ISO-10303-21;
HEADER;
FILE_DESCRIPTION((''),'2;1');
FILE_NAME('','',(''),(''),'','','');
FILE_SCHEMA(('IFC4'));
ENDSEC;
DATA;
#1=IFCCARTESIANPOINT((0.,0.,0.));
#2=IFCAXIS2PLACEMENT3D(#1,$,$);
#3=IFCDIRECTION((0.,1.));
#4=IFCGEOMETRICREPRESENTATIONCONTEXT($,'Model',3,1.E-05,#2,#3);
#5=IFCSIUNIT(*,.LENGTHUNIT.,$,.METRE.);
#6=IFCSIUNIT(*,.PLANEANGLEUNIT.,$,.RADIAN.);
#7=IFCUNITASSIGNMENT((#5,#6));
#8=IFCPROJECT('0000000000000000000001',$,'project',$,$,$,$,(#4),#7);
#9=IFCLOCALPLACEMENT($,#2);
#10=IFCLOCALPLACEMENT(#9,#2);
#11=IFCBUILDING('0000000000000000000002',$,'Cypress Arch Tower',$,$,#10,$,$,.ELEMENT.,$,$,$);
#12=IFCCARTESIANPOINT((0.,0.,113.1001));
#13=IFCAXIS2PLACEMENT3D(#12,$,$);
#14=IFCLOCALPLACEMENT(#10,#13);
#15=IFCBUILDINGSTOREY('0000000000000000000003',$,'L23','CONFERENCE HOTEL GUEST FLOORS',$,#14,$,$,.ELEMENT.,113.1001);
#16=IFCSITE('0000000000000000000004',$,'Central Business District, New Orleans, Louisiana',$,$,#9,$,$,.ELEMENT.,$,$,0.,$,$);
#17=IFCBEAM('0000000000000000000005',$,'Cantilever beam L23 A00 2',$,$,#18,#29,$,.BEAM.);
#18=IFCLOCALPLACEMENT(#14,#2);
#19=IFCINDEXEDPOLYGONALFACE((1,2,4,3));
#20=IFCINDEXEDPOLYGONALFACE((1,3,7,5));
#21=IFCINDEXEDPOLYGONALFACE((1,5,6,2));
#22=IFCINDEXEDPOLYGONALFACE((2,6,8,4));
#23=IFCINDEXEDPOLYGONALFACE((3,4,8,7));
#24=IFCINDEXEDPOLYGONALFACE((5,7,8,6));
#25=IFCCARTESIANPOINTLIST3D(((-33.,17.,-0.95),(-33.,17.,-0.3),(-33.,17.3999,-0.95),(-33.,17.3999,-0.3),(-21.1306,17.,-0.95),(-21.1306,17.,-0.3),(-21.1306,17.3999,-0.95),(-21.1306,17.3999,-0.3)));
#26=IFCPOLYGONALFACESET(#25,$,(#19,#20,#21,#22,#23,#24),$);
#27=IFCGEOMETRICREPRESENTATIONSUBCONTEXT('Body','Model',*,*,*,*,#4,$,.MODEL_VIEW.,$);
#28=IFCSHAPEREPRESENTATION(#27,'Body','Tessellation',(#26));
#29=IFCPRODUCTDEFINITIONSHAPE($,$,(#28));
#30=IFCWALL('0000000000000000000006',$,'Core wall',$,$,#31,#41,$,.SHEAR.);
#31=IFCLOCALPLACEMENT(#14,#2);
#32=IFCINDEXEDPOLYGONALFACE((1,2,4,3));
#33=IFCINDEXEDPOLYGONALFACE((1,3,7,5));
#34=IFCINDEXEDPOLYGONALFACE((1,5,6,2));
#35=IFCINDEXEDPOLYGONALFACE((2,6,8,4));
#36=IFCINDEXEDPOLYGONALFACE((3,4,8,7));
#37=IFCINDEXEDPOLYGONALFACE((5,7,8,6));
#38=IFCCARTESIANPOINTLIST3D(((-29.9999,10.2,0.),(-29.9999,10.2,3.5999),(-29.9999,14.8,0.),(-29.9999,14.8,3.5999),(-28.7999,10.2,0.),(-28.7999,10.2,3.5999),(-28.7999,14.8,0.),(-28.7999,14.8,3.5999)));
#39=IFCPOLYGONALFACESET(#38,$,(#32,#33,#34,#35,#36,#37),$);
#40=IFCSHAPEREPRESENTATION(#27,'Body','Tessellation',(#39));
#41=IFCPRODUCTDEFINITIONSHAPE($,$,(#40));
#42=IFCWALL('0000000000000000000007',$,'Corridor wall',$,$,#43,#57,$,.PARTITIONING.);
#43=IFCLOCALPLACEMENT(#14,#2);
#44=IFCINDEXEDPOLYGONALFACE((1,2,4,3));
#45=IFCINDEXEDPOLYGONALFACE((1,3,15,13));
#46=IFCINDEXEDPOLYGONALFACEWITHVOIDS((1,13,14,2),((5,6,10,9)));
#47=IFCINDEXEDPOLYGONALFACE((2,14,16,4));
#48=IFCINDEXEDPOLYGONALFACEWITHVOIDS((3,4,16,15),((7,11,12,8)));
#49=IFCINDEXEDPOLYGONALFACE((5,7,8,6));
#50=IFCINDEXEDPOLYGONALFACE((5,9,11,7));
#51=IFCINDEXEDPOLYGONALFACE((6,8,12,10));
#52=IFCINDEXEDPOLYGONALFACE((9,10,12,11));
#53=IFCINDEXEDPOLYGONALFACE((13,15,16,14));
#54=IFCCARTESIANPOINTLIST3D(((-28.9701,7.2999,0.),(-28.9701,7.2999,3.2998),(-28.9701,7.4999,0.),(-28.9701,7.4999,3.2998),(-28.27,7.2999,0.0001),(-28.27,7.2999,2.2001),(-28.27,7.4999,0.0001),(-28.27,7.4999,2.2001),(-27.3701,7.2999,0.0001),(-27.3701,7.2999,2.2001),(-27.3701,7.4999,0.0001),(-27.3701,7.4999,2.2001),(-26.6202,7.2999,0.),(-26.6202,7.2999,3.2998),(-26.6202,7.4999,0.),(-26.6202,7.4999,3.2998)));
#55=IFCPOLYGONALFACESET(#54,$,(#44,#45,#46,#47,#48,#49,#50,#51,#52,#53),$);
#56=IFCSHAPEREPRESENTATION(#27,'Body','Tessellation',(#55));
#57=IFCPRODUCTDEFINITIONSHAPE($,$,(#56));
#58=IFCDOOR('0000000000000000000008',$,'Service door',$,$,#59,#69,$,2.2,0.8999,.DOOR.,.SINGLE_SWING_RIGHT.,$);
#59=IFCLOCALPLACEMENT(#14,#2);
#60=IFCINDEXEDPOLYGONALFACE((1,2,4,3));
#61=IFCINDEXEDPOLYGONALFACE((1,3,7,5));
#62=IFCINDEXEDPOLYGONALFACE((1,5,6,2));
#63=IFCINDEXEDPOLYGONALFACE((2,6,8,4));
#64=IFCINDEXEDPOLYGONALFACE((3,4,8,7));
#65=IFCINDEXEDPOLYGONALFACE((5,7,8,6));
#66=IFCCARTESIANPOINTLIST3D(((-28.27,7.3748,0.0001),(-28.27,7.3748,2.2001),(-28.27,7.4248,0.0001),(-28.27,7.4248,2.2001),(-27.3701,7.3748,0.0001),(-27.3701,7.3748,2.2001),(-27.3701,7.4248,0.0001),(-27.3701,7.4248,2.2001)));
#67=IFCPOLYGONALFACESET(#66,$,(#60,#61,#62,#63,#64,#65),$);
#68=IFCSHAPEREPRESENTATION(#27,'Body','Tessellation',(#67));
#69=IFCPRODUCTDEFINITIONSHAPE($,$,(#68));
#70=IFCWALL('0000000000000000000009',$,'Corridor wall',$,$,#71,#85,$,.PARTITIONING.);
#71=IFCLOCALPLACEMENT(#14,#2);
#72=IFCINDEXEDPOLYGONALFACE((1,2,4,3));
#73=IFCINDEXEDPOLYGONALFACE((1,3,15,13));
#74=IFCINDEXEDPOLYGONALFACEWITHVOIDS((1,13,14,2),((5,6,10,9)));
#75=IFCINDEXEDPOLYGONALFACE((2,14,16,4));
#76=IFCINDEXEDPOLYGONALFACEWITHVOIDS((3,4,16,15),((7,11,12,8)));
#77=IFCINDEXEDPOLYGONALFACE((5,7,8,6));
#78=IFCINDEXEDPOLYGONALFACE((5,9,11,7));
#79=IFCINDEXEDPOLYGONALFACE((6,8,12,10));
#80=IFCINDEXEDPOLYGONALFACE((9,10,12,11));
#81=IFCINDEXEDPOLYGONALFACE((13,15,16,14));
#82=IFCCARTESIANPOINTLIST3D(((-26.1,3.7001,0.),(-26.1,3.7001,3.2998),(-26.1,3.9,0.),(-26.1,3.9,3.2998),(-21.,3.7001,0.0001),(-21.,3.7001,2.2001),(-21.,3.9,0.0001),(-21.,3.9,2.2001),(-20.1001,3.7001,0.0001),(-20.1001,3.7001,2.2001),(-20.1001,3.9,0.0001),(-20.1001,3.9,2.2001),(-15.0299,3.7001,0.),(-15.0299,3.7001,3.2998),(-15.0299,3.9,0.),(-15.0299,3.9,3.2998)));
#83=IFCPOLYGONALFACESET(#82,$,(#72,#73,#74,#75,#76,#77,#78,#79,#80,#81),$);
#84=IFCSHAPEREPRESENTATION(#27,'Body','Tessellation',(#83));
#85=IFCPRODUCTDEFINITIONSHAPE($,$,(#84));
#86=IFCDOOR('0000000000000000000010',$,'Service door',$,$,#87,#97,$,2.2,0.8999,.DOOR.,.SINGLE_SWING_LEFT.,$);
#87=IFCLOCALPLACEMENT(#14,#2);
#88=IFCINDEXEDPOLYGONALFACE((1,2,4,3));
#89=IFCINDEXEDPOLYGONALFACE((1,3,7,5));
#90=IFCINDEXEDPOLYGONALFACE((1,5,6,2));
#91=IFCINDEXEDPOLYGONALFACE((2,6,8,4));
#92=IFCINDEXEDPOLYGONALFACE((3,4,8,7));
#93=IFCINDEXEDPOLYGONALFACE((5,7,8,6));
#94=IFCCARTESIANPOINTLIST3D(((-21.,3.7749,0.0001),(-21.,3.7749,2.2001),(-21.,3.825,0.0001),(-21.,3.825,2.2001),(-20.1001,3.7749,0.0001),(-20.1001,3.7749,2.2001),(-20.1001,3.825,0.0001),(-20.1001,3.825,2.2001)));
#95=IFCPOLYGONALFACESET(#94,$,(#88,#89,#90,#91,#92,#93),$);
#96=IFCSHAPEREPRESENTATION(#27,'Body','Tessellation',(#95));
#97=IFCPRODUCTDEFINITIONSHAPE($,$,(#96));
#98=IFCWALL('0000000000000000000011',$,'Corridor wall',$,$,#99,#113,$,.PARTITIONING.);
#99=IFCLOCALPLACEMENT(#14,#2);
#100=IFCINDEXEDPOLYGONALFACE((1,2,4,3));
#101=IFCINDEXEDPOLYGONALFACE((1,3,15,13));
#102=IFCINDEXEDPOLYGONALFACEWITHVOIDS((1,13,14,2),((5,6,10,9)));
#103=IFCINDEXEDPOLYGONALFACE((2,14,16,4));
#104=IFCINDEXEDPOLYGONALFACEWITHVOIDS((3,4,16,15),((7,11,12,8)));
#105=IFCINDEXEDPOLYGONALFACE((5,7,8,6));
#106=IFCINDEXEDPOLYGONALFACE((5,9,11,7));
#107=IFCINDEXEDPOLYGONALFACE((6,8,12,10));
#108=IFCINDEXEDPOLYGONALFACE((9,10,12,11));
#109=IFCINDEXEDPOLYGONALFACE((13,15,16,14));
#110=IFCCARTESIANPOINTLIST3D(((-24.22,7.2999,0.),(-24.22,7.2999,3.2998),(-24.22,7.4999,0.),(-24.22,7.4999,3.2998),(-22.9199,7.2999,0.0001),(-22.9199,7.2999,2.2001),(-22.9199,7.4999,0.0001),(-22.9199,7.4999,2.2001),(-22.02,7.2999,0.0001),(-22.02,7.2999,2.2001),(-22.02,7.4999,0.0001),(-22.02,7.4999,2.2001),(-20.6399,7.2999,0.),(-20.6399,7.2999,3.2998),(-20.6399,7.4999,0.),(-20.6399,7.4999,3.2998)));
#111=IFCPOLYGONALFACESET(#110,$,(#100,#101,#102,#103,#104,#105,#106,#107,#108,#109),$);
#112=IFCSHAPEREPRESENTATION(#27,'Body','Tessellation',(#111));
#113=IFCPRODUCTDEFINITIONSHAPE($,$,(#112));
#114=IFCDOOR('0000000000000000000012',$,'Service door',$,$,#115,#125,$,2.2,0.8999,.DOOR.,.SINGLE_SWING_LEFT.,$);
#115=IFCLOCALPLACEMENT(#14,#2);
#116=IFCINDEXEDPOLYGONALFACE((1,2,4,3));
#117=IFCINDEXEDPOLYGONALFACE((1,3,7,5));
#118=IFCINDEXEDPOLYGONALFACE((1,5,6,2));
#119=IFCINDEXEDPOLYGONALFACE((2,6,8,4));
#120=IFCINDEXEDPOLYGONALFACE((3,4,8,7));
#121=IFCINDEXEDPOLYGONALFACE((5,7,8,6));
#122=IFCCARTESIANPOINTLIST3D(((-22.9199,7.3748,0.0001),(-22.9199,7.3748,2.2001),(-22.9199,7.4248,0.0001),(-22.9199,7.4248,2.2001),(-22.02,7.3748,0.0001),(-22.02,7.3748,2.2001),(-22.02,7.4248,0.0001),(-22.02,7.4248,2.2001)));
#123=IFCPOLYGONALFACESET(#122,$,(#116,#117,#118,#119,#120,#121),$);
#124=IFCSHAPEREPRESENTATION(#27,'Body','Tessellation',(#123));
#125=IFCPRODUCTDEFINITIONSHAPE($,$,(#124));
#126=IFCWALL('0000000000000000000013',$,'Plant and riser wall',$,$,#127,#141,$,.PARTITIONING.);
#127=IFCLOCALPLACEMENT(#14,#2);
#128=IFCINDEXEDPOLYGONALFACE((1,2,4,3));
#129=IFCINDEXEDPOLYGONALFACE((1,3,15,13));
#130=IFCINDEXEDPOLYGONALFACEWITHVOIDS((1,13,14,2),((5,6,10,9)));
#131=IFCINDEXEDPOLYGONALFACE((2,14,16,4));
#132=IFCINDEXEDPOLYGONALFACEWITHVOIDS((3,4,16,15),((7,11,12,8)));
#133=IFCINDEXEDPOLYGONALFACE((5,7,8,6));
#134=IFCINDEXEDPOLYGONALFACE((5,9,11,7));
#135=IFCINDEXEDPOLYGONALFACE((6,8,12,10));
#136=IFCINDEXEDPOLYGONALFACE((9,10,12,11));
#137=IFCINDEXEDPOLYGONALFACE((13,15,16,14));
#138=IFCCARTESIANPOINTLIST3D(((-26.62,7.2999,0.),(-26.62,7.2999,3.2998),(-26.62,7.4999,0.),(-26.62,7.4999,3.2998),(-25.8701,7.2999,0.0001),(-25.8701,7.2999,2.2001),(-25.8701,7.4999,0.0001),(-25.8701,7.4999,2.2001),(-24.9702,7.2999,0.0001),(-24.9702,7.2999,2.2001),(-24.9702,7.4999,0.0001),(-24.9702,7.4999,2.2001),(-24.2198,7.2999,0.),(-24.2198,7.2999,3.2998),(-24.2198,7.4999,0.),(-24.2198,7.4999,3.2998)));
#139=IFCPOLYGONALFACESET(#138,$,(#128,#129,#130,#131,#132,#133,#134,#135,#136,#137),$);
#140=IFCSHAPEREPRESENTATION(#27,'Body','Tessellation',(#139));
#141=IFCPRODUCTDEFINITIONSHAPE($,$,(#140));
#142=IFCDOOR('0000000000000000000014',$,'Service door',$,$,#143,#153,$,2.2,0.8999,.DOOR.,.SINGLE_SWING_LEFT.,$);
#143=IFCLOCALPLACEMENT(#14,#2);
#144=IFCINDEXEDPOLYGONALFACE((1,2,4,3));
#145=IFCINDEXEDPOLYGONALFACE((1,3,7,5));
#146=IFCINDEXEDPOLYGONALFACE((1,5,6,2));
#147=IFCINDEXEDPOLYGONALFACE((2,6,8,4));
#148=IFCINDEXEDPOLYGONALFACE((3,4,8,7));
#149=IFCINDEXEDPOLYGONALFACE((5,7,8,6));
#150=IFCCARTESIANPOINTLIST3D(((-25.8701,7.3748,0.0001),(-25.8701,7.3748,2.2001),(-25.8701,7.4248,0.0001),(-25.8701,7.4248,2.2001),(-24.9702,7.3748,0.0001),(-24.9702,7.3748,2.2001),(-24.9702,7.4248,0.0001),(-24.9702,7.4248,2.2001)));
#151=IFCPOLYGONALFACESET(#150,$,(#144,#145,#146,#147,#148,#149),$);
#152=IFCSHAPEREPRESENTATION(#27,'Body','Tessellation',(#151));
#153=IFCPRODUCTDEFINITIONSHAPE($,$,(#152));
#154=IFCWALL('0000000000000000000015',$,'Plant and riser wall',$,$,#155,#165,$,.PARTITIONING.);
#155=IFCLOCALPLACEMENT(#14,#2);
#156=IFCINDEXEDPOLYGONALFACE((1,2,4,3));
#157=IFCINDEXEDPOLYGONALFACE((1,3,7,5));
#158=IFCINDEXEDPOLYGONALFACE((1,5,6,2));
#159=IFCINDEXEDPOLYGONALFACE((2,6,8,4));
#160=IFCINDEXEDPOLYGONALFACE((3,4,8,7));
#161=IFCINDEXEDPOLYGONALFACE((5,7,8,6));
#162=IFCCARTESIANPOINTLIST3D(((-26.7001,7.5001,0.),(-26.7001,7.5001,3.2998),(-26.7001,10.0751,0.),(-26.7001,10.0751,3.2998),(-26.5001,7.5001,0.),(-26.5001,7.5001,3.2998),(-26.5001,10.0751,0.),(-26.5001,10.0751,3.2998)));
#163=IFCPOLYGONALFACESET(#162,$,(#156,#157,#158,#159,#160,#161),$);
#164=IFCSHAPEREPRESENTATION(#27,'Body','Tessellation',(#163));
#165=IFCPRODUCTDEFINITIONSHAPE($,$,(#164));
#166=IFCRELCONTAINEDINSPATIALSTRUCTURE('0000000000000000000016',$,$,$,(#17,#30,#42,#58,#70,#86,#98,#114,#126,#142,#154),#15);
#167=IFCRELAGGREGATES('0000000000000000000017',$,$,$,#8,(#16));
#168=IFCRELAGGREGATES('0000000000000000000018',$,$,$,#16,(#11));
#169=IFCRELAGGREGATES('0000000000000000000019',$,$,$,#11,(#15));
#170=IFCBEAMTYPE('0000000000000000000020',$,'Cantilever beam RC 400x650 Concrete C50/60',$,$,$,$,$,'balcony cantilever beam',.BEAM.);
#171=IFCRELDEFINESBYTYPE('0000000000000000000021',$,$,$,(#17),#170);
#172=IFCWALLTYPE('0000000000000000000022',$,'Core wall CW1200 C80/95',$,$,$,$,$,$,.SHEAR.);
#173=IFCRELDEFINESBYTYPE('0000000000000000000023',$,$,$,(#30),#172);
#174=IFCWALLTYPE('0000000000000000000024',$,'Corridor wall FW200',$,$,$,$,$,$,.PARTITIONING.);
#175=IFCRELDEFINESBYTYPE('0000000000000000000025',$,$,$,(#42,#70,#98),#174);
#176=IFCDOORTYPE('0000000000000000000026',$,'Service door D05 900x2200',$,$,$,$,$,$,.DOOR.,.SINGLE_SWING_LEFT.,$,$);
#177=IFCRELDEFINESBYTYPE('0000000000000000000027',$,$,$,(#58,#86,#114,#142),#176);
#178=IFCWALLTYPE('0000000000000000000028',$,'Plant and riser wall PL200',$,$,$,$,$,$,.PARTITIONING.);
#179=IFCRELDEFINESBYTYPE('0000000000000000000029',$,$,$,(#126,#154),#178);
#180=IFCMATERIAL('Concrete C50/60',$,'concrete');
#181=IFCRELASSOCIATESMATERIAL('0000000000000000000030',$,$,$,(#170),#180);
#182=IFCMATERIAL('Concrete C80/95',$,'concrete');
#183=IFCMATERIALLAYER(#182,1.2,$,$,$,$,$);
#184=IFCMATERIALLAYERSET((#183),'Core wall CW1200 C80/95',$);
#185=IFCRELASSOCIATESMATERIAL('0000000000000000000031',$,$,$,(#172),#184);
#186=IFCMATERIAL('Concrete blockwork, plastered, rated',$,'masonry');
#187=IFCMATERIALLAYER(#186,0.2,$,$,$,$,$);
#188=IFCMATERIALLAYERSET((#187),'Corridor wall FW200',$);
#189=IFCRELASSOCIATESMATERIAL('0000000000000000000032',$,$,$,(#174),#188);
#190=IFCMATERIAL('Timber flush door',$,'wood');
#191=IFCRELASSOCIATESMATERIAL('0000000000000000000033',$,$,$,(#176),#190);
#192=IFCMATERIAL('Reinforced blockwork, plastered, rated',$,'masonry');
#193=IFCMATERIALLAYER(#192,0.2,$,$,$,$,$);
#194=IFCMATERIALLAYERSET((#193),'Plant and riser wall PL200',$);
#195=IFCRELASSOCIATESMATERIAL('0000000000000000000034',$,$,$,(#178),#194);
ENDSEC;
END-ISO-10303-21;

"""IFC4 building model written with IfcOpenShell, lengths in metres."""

from ifc_helpers import new_model, si_unit, direction, frame, frame_2d, origin, origin_2d, place, context, subcontext, project, spatial, rectangle, extrude, material, layer, layer_set, material_profile, profile_set, type_object, element, fill, save


model = new_model("IFC4")

# Units and contexts
model_context = context("Model", 3, precision=1e-05, world=origin(), true_north=direction((0.0, 1.0)))
body_context = subcontext(model_context, "Body", "Model", "MODEL_VIEW")
ifc_project = project(units=[si_unit("LENGTHUNIT", "METRE"), si_unit("PLANEANGLEUNIT", "RADIAN")], contexts=[model_context])

# Site, building, storey
site_placement = place(None, origin())
site = spatial("IfcSite", under=ifc_project, at=site_placement, Name="Central Business District, New Orleans, Louisiana", CompositionType="ELEMENT", RefElevation=0.0)
building_placement = place(site_placement, origin())
building = spatial("IfcBuilding", under=site, at=building_placement, Name="Cypress Arch Tower", CompositionType="ELEMENT")
storey_placement = place(building_placement, frame((0.0, 0.0, 113.1001)))
storey = spatial("IfcBuildingStorey", under=building, at=storey_placement, Name="L23", Description="CONFERENCE HOTEL GUEST FLOORS", CompositionType="ELEMENT", Elevation=113.1001)

# Beam
ifc_material_1 = material(Name="Concrete C50/60", Category="concrete")
ifc_material_profile = material_profile(ifc_material_1, rectangle(XDim=0.3999, YDim=0.6499, at=origin_2d()), Name="RC 400x650")
ifc_profile_set = profile_set([ifc_material_profile], Name="Concrete C50/60")
beam_type = type_object("IfcBeamType", Name="Cantilever beam RC 400x650 Concrete C50/60", ElementType="balcony cantilever beam", PredefinedType="BEAM", material=ifc_profile_set)
beam_placement = place(storey_placement, frame((-21.1306, 17.2, -0.625), z_axis=(-1.0, 0.0, 0.0), x_axis=(0.0, -1.0, 0.0)))
element("IfcBeam", 1, at=beam_placement, inside=storey, type_object=beam_type, Name="Cantilever beam L23 A00 2", PredefinedType="BEAM", context=body_context, shape_type="SweptSolid", body=[
    extrude(rectangle(XDim=0.3999, YDim=0.6499, at=origin_2d()), origin(), (0.0, 0.0, 1.0), 11.8694),
])

# Shared definitions
ifc_material_2 = material(Name="Concrete C80/95", Category="concrete")
ifc_layer_1 = layer(ifc_material_2, 1.2)
ifc_layer_set_1 = layer_set([ifc_layer_1], Name="Core wall CW1200 C80/95")
wall_type_1 = type_object("IfcWallType", Name="Core wall CW1200 C80/95", PredefinedType="SHEAR", material=ifc_layer_set_1)

# Wall
wall_1_placement = place(storey_placement, frame((-29.3999, 10.2, 0.0), z_axis=(0.0, 0.0, 1.0), x_axis=(0.0, 1.0, 0.0)))
element("IfcWall", 2, at=wall_1_placement, inside=storey, type_object=wall_type_1, Name="Core wall", PredefinedType="SHEAR", context=body_context, shape_type="SweptSolid", body=[
    extrude(rectangle(XDim=4.6001, YDim=1.2, at=frame_2d((2.3, 0.0))), origin(), (0.0, 0.0, 1.0), 3.5999),
])

# Walls, openings, doors
ifc_material_3 = material(Name="Concrete blockwork, plastered, rated", Category="masonry")
ifc_layer_2 = layer(ifc_material_3, 0.2)
ifc_layer_set_2 = layer_set([ifc_layer_2], Name="Corridor wall FW200")
wall_type_2 = type_object("IfcWallType", Name="Corridor wall FW200", PredefinedType="PARTITIONING", material=ifc_layer_set_2)
wall_2_placement = place(storey_placement, frame((-28.97, 7.3999, 0.0), z_axis=(0.0, 0.0, 1.0), x_axis=(1.0, 0.0, 0.0)))
wall_2 = element("IfcWall", 3, at=wall_2_placement, inside=storey, type_object=wall_type_2, Name="Corridor wall", PredefinedType="PARTITIONING", context=body_context, shape_type="SweptSolid", body=[
    extrude(rectangle(XDim=2.3499, YDim=0.2, at=frame_2d((1.1748, 0.0))), origin(), (0.0, 0.0, 1.0), 3.2998),
])
opening_1_placement = place(wall_2_placement, frame((0.7, 0.0, 0.0)))
opening_1 = element("IfcOpeningElement", 4, at=opening_1_placement, cuts=wall_2, PredefinedType="OPENING", context=body_context, shape_type="SweptSolid", body=[
    extrude(rectangle(XDim=0.8999, YDim=2.2, at=frame_2d((0.45, 1.1001))), frame((0.0, 0.1099, 0.0), z_axis=(0.0, -1.0, 0.0), x_axis=(1.0, 0.0, 0.0)), (0.0, 0.0, 1.0), 0.22),
])
ifc_material_4 = material(Name="Timber flush door", Category="wood")
door_type_1 = type_object("IfcDoorType", Name="Service door D05 900x2200", OperationType="SINGLE_SWING_LEFT", PredefinedType="DOOR", material=ifc_material_4)
door_1_placement = place(opening_1_placement, origin())
door_1 = element("IfcDoor", 5, at=door_1_placement, inside=storey, type_object=door_type_1, Name="Service door", OperationType="SINGLE_SWING_RIGHT", OverallHeight=2.2, OverallWidth=0.8999, PredefinedType="DOOR", context=body_context, shape_type="SweptSolid", body=[
    extrude(rectangle(XDim=0.8999, YDim=2.2, at=frame_2d((0.45, 1.1001))), frame((0.0, 0.0249, 0.0), z_axis=(0.0, -1.0, 0.0), x_axis=(1.0, 0.0, 0.0)), (0.0, 0.0, 1.0), 0.05),
])
fill(opening_1, door_1)
wall_3_placement = place(storey_placement, frame((-26.1001, 3.8, 0.0), z_axis=(0.0, 0.0, 1.0), x_axis=(1.0, 0.0, 0.0)))
wall_3 = element("IfcWall", 6, at=wall_3_placement, inside=storey, type_object=wall_type_2, Name="Corridor wall", PredefinedType="PARTITIONING", context=body_context, shape_type="SweptSolid", body=[
    extrude(rectangle(XDim=11.0701, YDim=0.2, at=frame_2d((5.5352, 0.0))), origin(), (0.0, 0.0, 1.0), 3.2998),
])
opening_2_placement = place(wall_3_placement, frame((5.1001, 0.0, 0.0)))
opening_2 = element("IfcOpeningElement", 7, at=opening_2_placement, cuts=wall_3, PredefinedType="OPENING", context=body_context, shape_type="SweptSolid", body=[
    extrude(rectangle(XDim=0.8999, YDim=2.2, at=frame_2d((0.45, 1.1001))), frame((0.0, 0.1099, 0.0), z_axis=(0.0, -1.0, 0.0), x_axis=(1.0, 0.0, 0.0)), (0.0, 0.0, 1.0), 0.22),
])
door_2_placement = place(opening_2_placement, origin())
door_2 = element("IfcDoor", 8, at=door_2_placement, inside=storey, type_object=door_type_1, Name="Service door", OperationType="SINGLE_SWING_LEFT", OverallHeight=2.2, OverallWidth=0.8999, PredefinedType="DOOR", context=body_context, shape_type="SweptSolid", body=[
    extrude(rectangle(XDim=0.8999, YDim=2.2, at=frame_2d((0.45, 1.1001))), frame((0.0, 0.0249, 0.0), z_axis=(0.0, -1.0, 0.0), x_axis=(1.0, 0.0, 0.0)), (0.0, 0.0, 1.0), 0.05),
])
fill(opening_2, door_2)
wall_4_placement = place(storey_placement, frame((-24.22, 7.3999, 0.0), z_axis=(0.0, 0.0, 1.0), x_axis=(1.0, 0.0, 0.0)))
wall_4 = element("IfcWall", 9, at=wall_4_placement, inside=storey, type_object=wall_type_2, Name="Corridor wall", PredefinedType="PARTITIONING", context=body_context, shape_type="SweptSolid", body=[
    extrude(rectangle(XDim=3.5801, YDim=0.2, at=frame_2d((1.79, 0.0))), origin(), (0.0, 0.0, 1.0), 3.2998),
])
opening_3_placement = place(wall_4_placement, frame((1.3, 0.0, 0.0)))
opening_3 = element("IfcOpeningElement", 10, at=opening_3_placement, cuts=wall_4, PredefinedType="OPENING", context=body_context, shape_type="SweptSolid", body=[
    extrude(rectangle(XDim=0.8999, YDim=2.2, at=frame_2d((0.45, 1.1001))), frame((0.0, 0.1099, 0.0), z_axis=(0.0, -1.0, 0.0), x_axis=(1.0, 0.0, 0.0)), (0.0, 0.0, 1.0), 0.22),
])
door_3_placement = place(opening_3_placement, origin())
door_3 = element("IfcDoor", 11, at=door_3_placement, inside=storey, type_object=door_type_1, Name="Service door", OperationType="SINGLE_SWING_LEFT", OverallHeight=2.2, OverallWidth=0.8999, PredefinedType="DOOR", context=body_context, shape_type="SweptSolid", body=[
    extrude(rectangle(XDim=0.8999, YDim=2.2, at=frame_2d((0.45, 1.1001))), frame((0.0, 0.0249, 0.0), z_axis=(0.0, -1.0, 0.0), x_axis=(1.0, 0.0, 0.0)), (0.0, 0.0, 1.0), 0.05),
])
fill(opening_3, door_3)
ifc_material_5 = material(Name="Reinforced blockwork, plastered, rated", Category="masonry")
ifc_layer_3 = layer(ifc_material_5, 0.2)
ifc_layer_set_3 = layer_set([ifc_layer_3], Name="Plant and riser wall PL200")
wall_type_3 = type_object("IfcWallType", Name="Plant and riser wall PL200", PredefinedType="PARTITIONING", material=ifc_layer_set_3)
wall_5_placement = place(storey_placement, frame((-26.6201, 7.3999, 0.0), z_axis=(0.0, 0.0, 1.0), x_axis=(1.0, 0.0, 0.0)))
wall_5 = element("IfcWall", 12, at=wall_5_placement, inside=storey, type_object=wall_type_3, Name="Plant and riser wall", PredefinedType="PARTITIONING", context=body_context, shape_type="SweptSolid", body=[
    extrude(rectangle(XDim=2.4001, YDim=0.2, at=frame_2d((1.2002, 0.0))), origin(), (0.0, 0.0, 1.0), 3.2998),
])
opening_4_placement = place(wall_5_placement, frame((0.75, 0.0, 0.0)))
opening_4 = element("IfcOpeningElement", 13, at=opening_4_placement, cuts=wall_5, PredefinedType="OPENING", context=body_context, shape_type="SweptSolid", body=[
    extrude(rectangle(XDim=0.8999, YDim=2.2, at=frame_2d((0.45, 1.1001))), frame((0.0, 0.1099, 0.0), z_axis=(0.0, -1.0, 0.0), x_axis=(1.0, 0.0, 0.0)), (0.0, 0.0, 1.0), 0.22),
])
door_4_placement = place(opening_4_placement, origin())
door_4 = element("IfcDoor", 14, at=door_4_placement, inside=storey, type_object=door_type_1, Name="Service door", OperationType="SINGLE_SWING_LEFT", OverallHeight=2.2, OverallWidth=0.8999, PredefinedType="DOOR", context=body_context, shape_type="SweptSolid", body=[
    extrude(rectangle(XDim=0.8999, YDim=2.2, at=frame_2d((0.45, 1.1001))), frame((0.0, 0.0249, 0.0), z_axis=(0.0, -1.0, 0.0), x_axis=(1.0, 0.0, 0.0)), (0.0, 0.0, 1.0), 0.05),
])
fill(opening_4, door_4)

# Wall
wall_6_placement = place(storey_placement, frame((-26.6001, 7.5, 0.0), z_axis=(0.0, 0.0, 1.0), x_axis=(0.0, 1.0, 0.0)))
element("IfcWall", 15, at=wall_6_placement, inside=storey, type_object=wall_type_3, Name="Plant and riser wall", PredefinedType="PARTITIONING", context=body_context, shape_type="SweptSolid", body=[
    extrude(rectangle(XDim=2.575, YDim=0.2, at=frame_2d((1.2876, 0.0))), origin(), (0.0, 0.0, 1.0), 3.2998),
])

save(model, "model.ifc")
